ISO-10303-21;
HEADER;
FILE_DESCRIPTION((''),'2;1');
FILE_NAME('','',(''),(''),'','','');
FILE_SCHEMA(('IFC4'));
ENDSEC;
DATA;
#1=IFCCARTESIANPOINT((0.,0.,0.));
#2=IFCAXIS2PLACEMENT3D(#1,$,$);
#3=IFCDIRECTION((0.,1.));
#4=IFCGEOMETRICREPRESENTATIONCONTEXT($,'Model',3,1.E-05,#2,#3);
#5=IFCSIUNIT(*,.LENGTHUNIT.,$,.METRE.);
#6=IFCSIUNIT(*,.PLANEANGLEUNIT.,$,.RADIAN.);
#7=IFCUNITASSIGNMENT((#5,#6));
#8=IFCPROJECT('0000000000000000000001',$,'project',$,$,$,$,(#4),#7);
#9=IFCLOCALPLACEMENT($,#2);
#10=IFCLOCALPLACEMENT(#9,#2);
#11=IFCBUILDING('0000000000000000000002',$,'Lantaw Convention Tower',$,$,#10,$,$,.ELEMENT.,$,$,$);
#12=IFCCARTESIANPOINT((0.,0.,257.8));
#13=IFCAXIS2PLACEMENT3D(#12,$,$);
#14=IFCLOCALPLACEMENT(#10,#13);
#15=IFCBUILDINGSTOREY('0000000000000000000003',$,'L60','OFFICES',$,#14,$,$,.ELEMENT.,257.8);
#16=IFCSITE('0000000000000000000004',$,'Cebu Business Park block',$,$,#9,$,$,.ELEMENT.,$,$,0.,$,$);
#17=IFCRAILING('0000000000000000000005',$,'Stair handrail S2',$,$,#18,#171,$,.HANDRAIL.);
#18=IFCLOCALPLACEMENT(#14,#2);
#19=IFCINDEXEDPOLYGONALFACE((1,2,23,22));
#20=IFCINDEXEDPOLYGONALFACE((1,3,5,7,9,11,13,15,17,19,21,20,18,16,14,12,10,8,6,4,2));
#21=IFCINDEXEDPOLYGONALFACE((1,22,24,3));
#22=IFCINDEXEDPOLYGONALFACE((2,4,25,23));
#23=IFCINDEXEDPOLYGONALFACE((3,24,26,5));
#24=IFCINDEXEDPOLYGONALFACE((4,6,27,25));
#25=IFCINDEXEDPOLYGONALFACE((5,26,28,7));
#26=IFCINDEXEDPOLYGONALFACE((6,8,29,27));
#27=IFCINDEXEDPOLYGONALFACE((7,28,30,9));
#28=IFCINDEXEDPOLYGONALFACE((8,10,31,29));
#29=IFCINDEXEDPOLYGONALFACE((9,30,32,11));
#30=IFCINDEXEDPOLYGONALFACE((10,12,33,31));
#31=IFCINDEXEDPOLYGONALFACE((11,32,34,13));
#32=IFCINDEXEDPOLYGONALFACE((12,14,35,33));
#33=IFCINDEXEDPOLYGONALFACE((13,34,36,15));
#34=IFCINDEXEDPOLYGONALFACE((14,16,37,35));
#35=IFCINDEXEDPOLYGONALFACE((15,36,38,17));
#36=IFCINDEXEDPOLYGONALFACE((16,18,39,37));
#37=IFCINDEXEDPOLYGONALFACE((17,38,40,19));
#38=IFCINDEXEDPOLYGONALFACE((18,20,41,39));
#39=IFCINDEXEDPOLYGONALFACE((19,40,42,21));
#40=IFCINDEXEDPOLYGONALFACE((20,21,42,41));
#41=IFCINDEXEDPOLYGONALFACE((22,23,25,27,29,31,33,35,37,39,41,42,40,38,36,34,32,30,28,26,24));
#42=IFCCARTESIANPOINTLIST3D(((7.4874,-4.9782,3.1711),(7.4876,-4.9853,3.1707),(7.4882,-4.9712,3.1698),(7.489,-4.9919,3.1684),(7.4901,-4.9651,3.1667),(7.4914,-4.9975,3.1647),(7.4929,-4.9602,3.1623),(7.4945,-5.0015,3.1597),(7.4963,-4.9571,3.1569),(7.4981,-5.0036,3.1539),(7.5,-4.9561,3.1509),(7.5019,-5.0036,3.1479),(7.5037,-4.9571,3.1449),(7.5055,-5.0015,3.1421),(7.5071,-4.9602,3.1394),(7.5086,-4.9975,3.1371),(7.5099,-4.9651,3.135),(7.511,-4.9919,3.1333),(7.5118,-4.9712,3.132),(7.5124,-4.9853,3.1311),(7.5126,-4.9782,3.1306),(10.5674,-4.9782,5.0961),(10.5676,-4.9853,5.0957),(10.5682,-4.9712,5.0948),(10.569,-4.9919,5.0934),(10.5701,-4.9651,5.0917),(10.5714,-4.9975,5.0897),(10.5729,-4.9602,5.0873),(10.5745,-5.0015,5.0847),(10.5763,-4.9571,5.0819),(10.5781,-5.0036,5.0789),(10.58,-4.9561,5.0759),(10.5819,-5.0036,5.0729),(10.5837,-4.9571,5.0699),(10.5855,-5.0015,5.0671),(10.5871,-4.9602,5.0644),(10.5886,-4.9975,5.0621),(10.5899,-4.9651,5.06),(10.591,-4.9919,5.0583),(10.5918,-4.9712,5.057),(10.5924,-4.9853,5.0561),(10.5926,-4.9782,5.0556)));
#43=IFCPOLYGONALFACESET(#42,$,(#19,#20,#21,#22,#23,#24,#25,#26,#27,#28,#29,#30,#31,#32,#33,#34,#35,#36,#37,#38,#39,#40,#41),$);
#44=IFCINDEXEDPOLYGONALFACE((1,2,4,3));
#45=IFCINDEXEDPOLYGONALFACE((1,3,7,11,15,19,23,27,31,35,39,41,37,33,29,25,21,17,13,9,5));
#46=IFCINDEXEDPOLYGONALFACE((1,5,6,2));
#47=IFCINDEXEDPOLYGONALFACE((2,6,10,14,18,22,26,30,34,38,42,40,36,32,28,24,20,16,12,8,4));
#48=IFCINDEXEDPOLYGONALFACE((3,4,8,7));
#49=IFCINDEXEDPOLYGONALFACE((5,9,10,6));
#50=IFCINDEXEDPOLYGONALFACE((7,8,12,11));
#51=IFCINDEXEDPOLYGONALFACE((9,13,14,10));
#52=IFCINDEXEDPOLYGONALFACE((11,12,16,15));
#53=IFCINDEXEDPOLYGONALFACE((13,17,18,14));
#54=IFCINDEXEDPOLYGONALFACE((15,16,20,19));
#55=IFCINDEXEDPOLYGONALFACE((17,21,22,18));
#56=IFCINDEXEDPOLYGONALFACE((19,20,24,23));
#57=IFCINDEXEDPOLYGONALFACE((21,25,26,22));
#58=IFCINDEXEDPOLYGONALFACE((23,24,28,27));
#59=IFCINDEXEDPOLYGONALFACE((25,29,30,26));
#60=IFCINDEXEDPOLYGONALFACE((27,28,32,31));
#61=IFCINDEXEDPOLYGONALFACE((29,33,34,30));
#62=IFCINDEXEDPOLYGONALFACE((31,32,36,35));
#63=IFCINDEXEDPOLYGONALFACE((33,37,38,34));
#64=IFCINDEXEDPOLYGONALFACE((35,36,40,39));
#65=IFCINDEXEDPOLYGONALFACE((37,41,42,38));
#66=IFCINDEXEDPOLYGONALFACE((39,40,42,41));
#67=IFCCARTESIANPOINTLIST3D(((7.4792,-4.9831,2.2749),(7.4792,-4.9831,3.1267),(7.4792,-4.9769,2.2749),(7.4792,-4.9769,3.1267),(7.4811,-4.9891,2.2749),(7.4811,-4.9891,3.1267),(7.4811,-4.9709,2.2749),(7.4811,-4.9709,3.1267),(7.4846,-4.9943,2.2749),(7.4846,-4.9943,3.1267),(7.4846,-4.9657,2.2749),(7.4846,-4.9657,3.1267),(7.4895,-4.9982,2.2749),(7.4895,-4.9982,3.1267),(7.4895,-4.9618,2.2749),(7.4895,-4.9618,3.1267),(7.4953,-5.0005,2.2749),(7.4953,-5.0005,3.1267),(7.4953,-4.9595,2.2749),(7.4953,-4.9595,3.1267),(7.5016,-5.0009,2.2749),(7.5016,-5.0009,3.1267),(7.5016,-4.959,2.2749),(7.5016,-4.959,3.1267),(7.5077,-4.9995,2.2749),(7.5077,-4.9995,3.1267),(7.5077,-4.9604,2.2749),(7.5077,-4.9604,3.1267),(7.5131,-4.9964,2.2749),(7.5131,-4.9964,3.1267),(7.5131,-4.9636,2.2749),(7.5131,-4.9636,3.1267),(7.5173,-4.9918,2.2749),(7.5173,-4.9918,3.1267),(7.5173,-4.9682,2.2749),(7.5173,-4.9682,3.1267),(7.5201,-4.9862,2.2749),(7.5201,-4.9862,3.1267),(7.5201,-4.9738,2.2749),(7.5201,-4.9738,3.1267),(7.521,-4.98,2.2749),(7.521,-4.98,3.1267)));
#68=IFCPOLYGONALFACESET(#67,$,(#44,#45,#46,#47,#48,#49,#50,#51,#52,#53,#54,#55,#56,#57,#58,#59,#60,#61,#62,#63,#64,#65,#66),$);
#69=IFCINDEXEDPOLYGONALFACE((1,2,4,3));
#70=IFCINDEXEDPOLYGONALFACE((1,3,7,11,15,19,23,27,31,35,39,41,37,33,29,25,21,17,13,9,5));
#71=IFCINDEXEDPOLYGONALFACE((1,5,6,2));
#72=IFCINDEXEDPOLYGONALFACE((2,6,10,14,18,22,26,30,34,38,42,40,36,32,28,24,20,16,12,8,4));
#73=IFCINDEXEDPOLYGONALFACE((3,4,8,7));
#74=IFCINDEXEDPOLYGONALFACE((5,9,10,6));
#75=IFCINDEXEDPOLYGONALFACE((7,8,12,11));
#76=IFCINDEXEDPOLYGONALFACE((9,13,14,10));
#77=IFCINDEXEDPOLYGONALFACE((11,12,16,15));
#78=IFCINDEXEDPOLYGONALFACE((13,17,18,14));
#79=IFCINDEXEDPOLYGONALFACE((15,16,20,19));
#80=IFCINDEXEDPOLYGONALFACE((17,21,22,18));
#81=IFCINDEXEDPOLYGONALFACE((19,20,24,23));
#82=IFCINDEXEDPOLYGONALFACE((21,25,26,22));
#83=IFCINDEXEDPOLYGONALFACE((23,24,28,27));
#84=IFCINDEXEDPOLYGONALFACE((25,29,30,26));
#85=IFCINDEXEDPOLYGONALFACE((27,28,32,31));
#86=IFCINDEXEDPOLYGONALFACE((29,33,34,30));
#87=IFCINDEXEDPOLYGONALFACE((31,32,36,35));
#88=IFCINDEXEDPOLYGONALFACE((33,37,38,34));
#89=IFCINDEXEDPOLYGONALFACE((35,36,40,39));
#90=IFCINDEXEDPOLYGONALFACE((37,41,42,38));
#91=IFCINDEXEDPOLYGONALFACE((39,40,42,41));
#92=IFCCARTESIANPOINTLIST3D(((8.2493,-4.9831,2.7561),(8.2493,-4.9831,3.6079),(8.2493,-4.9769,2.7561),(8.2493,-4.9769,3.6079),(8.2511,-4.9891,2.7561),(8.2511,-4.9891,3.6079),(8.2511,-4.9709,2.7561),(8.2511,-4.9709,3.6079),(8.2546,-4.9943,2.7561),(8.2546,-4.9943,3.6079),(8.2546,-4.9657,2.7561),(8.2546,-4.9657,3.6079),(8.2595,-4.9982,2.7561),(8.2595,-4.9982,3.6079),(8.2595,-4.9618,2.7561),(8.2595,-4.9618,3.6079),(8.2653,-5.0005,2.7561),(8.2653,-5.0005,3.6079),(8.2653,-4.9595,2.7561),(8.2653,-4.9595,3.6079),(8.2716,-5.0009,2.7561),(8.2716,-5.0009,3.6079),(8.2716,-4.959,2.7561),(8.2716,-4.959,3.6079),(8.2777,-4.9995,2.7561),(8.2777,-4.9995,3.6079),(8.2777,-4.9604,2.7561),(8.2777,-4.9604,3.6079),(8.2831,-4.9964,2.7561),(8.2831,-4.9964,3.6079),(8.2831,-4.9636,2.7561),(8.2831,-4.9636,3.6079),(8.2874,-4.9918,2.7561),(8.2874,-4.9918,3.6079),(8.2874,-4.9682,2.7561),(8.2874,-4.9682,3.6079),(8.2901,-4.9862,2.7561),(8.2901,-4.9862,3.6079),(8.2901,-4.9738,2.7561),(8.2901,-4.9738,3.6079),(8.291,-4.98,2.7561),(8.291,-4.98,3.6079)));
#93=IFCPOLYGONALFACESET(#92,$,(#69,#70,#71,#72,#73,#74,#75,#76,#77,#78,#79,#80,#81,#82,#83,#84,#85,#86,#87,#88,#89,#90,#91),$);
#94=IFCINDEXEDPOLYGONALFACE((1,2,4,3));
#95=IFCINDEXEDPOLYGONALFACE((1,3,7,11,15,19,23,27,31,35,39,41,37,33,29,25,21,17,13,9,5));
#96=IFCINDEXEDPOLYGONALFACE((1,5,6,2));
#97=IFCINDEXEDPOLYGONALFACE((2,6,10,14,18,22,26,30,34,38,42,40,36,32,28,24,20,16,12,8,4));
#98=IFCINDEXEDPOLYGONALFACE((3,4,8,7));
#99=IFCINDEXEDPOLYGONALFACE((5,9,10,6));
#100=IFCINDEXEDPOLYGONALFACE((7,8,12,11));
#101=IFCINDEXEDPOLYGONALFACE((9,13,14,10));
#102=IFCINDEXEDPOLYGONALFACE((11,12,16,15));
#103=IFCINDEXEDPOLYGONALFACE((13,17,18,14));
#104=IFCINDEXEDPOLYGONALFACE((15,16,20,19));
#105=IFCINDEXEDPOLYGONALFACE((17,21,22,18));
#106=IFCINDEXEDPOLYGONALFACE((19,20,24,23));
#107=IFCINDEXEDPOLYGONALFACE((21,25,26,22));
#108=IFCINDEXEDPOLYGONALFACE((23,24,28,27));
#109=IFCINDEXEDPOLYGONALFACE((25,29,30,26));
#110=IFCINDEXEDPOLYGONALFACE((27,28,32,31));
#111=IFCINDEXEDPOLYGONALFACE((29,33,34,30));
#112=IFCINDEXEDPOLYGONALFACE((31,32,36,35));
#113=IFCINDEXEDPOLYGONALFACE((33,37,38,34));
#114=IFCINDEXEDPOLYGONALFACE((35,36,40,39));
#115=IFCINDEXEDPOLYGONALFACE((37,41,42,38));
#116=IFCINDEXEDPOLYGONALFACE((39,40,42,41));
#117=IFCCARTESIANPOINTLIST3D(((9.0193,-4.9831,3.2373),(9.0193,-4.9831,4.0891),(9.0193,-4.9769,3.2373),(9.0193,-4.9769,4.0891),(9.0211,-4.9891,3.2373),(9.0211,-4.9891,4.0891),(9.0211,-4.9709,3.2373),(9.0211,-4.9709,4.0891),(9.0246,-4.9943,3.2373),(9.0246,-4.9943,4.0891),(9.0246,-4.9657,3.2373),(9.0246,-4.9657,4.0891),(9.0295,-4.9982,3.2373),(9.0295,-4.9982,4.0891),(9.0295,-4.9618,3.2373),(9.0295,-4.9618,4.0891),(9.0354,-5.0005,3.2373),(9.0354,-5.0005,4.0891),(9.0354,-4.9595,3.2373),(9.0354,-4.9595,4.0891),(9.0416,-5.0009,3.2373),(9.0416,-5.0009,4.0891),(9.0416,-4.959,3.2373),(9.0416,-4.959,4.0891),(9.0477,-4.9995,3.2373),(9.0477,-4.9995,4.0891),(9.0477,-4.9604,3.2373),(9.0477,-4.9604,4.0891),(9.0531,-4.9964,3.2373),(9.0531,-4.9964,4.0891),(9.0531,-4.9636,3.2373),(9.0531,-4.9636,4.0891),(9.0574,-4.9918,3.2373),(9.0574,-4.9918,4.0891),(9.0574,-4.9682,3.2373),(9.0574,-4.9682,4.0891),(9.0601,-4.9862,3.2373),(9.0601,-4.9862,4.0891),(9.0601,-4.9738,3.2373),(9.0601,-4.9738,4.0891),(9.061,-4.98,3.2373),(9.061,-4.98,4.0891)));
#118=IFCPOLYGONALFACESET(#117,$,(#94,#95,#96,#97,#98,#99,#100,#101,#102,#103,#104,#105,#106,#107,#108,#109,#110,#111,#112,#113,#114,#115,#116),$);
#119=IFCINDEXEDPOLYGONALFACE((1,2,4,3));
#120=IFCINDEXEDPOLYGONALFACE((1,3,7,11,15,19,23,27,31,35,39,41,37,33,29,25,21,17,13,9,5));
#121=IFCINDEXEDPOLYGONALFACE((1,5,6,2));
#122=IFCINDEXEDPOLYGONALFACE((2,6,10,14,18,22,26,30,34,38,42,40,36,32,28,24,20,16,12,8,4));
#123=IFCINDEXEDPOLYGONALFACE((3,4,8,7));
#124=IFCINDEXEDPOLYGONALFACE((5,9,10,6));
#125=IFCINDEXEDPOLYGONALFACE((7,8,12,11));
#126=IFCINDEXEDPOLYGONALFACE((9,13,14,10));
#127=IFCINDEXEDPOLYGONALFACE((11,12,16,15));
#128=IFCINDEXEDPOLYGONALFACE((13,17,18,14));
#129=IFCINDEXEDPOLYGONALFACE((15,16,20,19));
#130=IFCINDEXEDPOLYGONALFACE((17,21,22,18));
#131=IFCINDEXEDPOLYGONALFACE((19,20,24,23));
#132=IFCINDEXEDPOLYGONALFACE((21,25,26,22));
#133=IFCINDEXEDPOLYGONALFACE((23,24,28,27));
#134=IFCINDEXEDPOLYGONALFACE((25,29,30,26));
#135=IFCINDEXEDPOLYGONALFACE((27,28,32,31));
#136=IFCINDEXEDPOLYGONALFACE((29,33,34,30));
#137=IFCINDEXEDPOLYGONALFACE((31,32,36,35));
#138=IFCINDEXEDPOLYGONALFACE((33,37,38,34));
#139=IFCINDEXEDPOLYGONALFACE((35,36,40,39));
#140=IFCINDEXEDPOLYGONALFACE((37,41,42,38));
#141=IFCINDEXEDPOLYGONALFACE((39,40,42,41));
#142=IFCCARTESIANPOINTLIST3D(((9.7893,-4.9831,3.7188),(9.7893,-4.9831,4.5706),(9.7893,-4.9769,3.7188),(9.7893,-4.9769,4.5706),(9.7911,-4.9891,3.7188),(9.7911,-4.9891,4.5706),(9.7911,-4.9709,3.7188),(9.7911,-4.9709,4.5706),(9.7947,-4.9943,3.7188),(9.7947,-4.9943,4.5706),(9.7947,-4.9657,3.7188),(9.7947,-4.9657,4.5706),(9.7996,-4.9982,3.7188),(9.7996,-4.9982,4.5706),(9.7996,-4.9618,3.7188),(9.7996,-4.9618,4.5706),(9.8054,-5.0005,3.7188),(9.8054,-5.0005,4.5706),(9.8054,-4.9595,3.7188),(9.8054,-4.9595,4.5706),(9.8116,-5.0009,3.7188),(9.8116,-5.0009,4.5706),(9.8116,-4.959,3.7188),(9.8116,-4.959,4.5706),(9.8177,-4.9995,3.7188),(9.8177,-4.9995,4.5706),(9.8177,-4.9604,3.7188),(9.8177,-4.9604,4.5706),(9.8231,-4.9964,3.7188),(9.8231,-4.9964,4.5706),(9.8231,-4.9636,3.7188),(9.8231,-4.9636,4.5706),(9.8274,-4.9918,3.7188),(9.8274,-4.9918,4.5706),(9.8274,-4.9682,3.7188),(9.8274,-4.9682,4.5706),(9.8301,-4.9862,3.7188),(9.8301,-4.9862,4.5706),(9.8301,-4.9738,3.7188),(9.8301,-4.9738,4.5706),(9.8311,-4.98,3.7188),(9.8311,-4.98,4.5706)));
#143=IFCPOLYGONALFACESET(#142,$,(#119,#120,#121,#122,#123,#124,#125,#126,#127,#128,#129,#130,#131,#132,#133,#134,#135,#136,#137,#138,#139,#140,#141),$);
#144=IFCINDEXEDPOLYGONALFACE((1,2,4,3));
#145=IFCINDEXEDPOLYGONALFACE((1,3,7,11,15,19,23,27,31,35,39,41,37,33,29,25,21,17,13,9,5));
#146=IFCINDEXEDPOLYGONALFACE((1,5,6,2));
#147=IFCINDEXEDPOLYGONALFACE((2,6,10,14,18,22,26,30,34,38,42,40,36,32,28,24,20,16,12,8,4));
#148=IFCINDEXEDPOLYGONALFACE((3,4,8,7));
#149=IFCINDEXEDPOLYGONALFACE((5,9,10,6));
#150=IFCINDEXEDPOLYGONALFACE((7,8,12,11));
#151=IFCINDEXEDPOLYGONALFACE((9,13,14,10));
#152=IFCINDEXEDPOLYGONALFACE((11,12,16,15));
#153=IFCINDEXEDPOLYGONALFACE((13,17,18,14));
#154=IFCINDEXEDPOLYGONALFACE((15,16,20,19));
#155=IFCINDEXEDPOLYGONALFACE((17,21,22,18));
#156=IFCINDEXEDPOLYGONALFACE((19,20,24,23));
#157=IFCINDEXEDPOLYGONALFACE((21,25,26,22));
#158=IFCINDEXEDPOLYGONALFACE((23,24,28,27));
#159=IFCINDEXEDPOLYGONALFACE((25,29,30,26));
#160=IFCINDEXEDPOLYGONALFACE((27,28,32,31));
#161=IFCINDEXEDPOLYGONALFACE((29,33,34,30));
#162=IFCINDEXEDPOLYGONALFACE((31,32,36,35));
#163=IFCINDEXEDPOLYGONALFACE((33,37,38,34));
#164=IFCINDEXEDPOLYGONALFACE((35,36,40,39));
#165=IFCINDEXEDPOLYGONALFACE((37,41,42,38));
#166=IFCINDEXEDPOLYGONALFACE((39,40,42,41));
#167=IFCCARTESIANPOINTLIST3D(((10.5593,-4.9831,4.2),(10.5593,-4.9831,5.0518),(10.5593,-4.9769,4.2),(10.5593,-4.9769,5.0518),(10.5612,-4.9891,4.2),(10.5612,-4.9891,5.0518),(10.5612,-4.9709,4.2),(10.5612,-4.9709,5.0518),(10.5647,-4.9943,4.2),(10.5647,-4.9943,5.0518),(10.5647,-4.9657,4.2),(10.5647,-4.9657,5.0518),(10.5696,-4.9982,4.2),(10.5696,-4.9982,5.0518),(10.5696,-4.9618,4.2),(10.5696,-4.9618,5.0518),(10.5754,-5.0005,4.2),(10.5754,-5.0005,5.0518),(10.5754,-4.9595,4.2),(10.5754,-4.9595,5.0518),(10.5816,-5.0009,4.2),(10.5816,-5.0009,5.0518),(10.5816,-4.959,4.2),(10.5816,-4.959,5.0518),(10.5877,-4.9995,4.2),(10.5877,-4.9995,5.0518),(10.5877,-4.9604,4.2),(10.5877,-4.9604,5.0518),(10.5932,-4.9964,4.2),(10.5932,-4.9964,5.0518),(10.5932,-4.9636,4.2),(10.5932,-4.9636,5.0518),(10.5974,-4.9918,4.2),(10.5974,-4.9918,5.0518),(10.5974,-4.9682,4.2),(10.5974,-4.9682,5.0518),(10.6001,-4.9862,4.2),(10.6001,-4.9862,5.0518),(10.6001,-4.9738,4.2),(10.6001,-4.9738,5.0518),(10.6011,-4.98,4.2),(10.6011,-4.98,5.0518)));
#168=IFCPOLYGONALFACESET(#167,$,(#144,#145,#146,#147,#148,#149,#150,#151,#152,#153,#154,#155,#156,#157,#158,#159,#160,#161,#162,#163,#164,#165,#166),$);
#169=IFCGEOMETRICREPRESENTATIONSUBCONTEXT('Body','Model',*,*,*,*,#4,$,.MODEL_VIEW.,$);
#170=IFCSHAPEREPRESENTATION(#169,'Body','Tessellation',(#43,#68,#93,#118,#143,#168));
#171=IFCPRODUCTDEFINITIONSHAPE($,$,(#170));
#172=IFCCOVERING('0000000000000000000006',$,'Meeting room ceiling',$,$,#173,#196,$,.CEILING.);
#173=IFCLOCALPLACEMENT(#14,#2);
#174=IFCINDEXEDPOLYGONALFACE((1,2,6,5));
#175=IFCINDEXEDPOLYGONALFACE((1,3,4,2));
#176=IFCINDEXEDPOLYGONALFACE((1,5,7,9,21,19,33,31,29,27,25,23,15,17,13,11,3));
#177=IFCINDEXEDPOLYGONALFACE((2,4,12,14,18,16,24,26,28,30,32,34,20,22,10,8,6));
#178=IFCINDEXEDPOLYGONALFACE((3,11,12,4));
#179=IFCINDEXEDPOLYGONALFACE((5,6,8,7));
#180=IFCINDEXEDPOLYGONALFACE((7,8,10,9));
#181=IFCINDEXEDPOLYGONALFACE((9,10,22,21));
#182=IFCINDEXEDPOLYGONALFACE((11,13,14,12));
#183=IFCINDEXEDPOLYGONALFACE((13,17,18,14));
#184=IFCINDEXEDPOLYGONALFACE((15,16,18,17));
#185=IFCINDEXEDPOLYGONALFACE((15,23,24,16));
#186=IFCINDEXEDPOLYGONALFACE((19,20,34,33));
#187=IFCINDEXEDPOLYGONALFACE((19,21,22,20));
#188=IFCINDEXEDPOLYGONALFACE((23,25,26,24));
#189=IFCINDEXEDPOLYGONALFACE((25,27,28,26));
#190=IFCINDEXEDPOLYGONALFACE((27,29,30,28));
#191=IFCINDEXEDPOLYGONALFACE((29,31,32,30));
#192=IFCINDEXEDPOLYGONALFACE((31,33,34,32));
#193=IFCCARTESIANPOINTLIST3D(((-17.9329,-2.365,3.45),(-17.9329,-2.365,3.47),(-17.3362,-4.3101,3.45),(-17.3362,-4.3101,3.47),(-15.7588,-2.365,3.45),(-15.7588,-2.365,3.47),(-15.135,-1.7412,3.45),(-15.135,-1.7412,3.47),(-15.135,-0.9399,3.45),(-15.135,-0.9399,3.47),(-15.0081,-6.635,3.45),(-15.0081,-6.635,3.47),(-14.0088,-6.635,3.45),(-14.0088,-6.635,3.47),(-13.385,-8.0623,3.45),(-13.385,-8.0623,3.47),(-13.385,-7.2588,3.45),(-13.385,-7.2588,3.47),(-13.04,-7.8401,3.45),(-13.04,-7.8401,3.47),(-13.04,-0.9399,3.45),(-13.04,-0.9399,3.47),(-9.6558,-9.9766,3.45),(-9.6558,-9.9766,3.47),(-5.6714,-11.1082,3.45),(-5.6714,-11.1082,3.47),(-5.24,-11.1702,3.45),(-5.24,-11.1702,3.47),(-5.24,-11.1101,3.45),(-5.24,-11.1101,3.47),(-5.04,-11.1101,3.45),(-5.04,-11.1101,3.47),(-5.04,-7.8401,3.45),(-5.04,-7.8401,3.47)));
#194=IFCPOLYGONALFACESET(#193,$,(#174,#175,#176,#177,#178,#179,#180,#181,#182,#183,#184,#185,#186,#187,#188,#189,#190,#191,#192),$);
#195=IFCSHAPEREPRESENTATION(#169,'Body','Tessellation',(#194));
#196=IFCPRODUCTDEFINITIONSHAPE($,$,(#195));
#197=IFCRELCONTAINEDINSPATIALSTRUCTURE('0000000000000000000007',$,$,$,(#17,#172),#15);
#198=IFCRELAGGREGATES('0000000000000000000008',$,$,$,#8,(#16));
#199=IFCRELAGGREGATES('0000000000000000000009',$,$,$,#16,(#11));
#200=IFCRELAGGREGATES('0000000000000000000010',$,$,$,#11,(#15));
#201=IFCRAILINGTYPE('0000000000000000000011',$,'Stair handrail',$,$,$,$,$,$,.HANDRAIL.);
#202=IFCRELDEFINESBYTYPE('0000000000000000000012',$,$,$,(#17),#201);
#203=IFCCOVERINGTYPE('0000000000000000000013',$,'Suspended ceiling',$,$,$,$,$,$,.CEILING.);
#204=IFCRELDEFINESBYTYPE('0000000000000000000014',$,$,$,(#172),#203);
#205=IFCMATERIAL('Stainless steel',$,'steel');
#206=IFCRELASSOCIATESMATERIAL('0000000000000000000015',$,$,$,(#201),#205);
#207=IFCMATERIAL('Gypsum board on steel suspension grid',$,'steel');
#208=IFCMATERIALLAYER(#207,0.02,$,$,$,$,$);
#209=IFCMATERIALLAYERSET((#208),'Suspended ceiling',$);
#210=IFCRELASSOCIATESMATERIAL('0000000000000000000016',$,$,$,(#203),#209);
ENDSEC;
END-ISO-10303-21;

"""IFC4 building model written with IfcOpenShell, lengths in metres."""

from ifc_helpers import new_model, si_unit, direction, frame, origin, origin_2d, place, context, subcontext, project, spatial, polyline, circle, outline, extrude, material, layer, layer_set, type_object, element, save


model = new_model("IFC4")

# Units and contexts
model_context = context("Model", 3, precision=1e-05, world=origin(), true_north=direction((0.0, 1.0)))
body_context = subcontext(model_context, "Body", "Model", "MODEL_VIEW")
ifc_project = project(units=[si_unit("LENGTHUNIT", "METRE"), si_unit("PLANEANGLEUNIT", "RADIAN")], contexts=[model_context])

# Site, building, storey
site_placement = place(None, origin())
site = spatial("IfcSite", under=ifc_project, at=site_placement, Name="Cebu Business Park block", CompositionType="ELEMENT", RefElevation=0.0)
building_placement = place(site_placement, origin())
building = spatial("IfcBuilding", under=site, at=building_placement, Name="Lantaw Convention Tower", CompositionType="ELEMENT")
storey_placement = place(building_placement, frame((0.0, 0.0, 257.8)))
storey = spatial("IfcBuildingStorey", under=building, at=storey_placement, Name="L60", Description="OFFICES", CompositionType="ELEMENT", Elevation=257.8)

# Railing
ifc_material_1 = material(Name="Stainless steel", Category="steel")
railing_type = type_object("IfcRailingType", Name="Stair handrail", PredefinedType="HANDRAIL", material=ifc_material_1)
railing_1_placement = place(storey_placement, frame((7.5, -4.98, 2.2749)))
element("IfcRailing", 1, at=railing_1_placement, inside=storey, type_object=railing_type, Name="Stair handrail S2", PredefinedType="HANDRAIL", context=body_context, shape_type="SweptSolid", body=[
    extrude(circle(Radius=0.0239, at=origin_2d()), frame((0.0, 0.0, 0.876), z_axis=(0.847998, 0.0, 0.529999), x_axis=(0.0, 1.0, 0.0)), (0.0, 0.0, 1.0), 3.6321),
    extrude(circle(Radius=0.021, at=origin_2d()), origin(), (0.0, 0.0, 1.0), 0.8518),
    extrude(circle(Radius=0.021, at=origin_2d()), frame((0.77, 0.0, 0.4812)), (0.0, 0.0, 1.0), 0.8518),
    extrude(circle(Radius=0.021, at=origin_2d()), frame((1.54, 0.0, 0.9624)), (0.0, 0.0, 1.0), 0.8518),
    extrude(circle(Radius=0.021, at=origin_2d()), frame((2.3101, 0.0, 1.4438)), (0.0, 0.0, 1.0), 0.8518),
    extrude(circle(Radius=0.021, at=origin_2d()), frame((3.0801, 0.0, 1.925)), (0.0, 0.0, 1.0), 0.8518),
])

# Covering
ifc_material_2 = material(Name="Gypsum board on steel suspension grid", Category="steel")
ifc_layer_1 = layer(ifc_material_2, 0.02)
ifc_layer_set_1 = layer_set([ifc_layer_1], Name="Suspended ceiling")
covering_type = type_object("IfcCoveringType", Name="Suspended ceiling", PredefinedType="CEILING", material=ifc_layer_set_1)
covering_1_placement = place(storey_placement, frame((0.0, 0.0, 3.45)))
element("IfcCovering", 2, at=covering_1_placement, inside=storey, type_object=covering_type, Name="Meeting room ceiling", PredefinedType="CEILING", context=body_context, shape_type="SweptSolid", body=[
    extrude(outline(polyline([(-5.04, -11.1101), (-5.04, -7.8401), (-13.04, -7.8401), (-13.04, -0.9399), (-15.135, -0.9399), (-15.135, -1.7412), (-15.7588, -2.365), (-17.9329, -2.365), (-17.3362, -4.3101), (-15.0081, -6.635), (-14.0088, -6.635), (-13.385, -7.2588), (-13.385, -8.0623), (-9.6558, -9.9766), (-5.6714, -11.1082), (-5.24, -11.1702), (-5.24, -11.1101), (-5.04, -11.1101)])), origin(), (0.0, 0.0, 1.0), 0.02),
])

save(model, "model.ifc")
